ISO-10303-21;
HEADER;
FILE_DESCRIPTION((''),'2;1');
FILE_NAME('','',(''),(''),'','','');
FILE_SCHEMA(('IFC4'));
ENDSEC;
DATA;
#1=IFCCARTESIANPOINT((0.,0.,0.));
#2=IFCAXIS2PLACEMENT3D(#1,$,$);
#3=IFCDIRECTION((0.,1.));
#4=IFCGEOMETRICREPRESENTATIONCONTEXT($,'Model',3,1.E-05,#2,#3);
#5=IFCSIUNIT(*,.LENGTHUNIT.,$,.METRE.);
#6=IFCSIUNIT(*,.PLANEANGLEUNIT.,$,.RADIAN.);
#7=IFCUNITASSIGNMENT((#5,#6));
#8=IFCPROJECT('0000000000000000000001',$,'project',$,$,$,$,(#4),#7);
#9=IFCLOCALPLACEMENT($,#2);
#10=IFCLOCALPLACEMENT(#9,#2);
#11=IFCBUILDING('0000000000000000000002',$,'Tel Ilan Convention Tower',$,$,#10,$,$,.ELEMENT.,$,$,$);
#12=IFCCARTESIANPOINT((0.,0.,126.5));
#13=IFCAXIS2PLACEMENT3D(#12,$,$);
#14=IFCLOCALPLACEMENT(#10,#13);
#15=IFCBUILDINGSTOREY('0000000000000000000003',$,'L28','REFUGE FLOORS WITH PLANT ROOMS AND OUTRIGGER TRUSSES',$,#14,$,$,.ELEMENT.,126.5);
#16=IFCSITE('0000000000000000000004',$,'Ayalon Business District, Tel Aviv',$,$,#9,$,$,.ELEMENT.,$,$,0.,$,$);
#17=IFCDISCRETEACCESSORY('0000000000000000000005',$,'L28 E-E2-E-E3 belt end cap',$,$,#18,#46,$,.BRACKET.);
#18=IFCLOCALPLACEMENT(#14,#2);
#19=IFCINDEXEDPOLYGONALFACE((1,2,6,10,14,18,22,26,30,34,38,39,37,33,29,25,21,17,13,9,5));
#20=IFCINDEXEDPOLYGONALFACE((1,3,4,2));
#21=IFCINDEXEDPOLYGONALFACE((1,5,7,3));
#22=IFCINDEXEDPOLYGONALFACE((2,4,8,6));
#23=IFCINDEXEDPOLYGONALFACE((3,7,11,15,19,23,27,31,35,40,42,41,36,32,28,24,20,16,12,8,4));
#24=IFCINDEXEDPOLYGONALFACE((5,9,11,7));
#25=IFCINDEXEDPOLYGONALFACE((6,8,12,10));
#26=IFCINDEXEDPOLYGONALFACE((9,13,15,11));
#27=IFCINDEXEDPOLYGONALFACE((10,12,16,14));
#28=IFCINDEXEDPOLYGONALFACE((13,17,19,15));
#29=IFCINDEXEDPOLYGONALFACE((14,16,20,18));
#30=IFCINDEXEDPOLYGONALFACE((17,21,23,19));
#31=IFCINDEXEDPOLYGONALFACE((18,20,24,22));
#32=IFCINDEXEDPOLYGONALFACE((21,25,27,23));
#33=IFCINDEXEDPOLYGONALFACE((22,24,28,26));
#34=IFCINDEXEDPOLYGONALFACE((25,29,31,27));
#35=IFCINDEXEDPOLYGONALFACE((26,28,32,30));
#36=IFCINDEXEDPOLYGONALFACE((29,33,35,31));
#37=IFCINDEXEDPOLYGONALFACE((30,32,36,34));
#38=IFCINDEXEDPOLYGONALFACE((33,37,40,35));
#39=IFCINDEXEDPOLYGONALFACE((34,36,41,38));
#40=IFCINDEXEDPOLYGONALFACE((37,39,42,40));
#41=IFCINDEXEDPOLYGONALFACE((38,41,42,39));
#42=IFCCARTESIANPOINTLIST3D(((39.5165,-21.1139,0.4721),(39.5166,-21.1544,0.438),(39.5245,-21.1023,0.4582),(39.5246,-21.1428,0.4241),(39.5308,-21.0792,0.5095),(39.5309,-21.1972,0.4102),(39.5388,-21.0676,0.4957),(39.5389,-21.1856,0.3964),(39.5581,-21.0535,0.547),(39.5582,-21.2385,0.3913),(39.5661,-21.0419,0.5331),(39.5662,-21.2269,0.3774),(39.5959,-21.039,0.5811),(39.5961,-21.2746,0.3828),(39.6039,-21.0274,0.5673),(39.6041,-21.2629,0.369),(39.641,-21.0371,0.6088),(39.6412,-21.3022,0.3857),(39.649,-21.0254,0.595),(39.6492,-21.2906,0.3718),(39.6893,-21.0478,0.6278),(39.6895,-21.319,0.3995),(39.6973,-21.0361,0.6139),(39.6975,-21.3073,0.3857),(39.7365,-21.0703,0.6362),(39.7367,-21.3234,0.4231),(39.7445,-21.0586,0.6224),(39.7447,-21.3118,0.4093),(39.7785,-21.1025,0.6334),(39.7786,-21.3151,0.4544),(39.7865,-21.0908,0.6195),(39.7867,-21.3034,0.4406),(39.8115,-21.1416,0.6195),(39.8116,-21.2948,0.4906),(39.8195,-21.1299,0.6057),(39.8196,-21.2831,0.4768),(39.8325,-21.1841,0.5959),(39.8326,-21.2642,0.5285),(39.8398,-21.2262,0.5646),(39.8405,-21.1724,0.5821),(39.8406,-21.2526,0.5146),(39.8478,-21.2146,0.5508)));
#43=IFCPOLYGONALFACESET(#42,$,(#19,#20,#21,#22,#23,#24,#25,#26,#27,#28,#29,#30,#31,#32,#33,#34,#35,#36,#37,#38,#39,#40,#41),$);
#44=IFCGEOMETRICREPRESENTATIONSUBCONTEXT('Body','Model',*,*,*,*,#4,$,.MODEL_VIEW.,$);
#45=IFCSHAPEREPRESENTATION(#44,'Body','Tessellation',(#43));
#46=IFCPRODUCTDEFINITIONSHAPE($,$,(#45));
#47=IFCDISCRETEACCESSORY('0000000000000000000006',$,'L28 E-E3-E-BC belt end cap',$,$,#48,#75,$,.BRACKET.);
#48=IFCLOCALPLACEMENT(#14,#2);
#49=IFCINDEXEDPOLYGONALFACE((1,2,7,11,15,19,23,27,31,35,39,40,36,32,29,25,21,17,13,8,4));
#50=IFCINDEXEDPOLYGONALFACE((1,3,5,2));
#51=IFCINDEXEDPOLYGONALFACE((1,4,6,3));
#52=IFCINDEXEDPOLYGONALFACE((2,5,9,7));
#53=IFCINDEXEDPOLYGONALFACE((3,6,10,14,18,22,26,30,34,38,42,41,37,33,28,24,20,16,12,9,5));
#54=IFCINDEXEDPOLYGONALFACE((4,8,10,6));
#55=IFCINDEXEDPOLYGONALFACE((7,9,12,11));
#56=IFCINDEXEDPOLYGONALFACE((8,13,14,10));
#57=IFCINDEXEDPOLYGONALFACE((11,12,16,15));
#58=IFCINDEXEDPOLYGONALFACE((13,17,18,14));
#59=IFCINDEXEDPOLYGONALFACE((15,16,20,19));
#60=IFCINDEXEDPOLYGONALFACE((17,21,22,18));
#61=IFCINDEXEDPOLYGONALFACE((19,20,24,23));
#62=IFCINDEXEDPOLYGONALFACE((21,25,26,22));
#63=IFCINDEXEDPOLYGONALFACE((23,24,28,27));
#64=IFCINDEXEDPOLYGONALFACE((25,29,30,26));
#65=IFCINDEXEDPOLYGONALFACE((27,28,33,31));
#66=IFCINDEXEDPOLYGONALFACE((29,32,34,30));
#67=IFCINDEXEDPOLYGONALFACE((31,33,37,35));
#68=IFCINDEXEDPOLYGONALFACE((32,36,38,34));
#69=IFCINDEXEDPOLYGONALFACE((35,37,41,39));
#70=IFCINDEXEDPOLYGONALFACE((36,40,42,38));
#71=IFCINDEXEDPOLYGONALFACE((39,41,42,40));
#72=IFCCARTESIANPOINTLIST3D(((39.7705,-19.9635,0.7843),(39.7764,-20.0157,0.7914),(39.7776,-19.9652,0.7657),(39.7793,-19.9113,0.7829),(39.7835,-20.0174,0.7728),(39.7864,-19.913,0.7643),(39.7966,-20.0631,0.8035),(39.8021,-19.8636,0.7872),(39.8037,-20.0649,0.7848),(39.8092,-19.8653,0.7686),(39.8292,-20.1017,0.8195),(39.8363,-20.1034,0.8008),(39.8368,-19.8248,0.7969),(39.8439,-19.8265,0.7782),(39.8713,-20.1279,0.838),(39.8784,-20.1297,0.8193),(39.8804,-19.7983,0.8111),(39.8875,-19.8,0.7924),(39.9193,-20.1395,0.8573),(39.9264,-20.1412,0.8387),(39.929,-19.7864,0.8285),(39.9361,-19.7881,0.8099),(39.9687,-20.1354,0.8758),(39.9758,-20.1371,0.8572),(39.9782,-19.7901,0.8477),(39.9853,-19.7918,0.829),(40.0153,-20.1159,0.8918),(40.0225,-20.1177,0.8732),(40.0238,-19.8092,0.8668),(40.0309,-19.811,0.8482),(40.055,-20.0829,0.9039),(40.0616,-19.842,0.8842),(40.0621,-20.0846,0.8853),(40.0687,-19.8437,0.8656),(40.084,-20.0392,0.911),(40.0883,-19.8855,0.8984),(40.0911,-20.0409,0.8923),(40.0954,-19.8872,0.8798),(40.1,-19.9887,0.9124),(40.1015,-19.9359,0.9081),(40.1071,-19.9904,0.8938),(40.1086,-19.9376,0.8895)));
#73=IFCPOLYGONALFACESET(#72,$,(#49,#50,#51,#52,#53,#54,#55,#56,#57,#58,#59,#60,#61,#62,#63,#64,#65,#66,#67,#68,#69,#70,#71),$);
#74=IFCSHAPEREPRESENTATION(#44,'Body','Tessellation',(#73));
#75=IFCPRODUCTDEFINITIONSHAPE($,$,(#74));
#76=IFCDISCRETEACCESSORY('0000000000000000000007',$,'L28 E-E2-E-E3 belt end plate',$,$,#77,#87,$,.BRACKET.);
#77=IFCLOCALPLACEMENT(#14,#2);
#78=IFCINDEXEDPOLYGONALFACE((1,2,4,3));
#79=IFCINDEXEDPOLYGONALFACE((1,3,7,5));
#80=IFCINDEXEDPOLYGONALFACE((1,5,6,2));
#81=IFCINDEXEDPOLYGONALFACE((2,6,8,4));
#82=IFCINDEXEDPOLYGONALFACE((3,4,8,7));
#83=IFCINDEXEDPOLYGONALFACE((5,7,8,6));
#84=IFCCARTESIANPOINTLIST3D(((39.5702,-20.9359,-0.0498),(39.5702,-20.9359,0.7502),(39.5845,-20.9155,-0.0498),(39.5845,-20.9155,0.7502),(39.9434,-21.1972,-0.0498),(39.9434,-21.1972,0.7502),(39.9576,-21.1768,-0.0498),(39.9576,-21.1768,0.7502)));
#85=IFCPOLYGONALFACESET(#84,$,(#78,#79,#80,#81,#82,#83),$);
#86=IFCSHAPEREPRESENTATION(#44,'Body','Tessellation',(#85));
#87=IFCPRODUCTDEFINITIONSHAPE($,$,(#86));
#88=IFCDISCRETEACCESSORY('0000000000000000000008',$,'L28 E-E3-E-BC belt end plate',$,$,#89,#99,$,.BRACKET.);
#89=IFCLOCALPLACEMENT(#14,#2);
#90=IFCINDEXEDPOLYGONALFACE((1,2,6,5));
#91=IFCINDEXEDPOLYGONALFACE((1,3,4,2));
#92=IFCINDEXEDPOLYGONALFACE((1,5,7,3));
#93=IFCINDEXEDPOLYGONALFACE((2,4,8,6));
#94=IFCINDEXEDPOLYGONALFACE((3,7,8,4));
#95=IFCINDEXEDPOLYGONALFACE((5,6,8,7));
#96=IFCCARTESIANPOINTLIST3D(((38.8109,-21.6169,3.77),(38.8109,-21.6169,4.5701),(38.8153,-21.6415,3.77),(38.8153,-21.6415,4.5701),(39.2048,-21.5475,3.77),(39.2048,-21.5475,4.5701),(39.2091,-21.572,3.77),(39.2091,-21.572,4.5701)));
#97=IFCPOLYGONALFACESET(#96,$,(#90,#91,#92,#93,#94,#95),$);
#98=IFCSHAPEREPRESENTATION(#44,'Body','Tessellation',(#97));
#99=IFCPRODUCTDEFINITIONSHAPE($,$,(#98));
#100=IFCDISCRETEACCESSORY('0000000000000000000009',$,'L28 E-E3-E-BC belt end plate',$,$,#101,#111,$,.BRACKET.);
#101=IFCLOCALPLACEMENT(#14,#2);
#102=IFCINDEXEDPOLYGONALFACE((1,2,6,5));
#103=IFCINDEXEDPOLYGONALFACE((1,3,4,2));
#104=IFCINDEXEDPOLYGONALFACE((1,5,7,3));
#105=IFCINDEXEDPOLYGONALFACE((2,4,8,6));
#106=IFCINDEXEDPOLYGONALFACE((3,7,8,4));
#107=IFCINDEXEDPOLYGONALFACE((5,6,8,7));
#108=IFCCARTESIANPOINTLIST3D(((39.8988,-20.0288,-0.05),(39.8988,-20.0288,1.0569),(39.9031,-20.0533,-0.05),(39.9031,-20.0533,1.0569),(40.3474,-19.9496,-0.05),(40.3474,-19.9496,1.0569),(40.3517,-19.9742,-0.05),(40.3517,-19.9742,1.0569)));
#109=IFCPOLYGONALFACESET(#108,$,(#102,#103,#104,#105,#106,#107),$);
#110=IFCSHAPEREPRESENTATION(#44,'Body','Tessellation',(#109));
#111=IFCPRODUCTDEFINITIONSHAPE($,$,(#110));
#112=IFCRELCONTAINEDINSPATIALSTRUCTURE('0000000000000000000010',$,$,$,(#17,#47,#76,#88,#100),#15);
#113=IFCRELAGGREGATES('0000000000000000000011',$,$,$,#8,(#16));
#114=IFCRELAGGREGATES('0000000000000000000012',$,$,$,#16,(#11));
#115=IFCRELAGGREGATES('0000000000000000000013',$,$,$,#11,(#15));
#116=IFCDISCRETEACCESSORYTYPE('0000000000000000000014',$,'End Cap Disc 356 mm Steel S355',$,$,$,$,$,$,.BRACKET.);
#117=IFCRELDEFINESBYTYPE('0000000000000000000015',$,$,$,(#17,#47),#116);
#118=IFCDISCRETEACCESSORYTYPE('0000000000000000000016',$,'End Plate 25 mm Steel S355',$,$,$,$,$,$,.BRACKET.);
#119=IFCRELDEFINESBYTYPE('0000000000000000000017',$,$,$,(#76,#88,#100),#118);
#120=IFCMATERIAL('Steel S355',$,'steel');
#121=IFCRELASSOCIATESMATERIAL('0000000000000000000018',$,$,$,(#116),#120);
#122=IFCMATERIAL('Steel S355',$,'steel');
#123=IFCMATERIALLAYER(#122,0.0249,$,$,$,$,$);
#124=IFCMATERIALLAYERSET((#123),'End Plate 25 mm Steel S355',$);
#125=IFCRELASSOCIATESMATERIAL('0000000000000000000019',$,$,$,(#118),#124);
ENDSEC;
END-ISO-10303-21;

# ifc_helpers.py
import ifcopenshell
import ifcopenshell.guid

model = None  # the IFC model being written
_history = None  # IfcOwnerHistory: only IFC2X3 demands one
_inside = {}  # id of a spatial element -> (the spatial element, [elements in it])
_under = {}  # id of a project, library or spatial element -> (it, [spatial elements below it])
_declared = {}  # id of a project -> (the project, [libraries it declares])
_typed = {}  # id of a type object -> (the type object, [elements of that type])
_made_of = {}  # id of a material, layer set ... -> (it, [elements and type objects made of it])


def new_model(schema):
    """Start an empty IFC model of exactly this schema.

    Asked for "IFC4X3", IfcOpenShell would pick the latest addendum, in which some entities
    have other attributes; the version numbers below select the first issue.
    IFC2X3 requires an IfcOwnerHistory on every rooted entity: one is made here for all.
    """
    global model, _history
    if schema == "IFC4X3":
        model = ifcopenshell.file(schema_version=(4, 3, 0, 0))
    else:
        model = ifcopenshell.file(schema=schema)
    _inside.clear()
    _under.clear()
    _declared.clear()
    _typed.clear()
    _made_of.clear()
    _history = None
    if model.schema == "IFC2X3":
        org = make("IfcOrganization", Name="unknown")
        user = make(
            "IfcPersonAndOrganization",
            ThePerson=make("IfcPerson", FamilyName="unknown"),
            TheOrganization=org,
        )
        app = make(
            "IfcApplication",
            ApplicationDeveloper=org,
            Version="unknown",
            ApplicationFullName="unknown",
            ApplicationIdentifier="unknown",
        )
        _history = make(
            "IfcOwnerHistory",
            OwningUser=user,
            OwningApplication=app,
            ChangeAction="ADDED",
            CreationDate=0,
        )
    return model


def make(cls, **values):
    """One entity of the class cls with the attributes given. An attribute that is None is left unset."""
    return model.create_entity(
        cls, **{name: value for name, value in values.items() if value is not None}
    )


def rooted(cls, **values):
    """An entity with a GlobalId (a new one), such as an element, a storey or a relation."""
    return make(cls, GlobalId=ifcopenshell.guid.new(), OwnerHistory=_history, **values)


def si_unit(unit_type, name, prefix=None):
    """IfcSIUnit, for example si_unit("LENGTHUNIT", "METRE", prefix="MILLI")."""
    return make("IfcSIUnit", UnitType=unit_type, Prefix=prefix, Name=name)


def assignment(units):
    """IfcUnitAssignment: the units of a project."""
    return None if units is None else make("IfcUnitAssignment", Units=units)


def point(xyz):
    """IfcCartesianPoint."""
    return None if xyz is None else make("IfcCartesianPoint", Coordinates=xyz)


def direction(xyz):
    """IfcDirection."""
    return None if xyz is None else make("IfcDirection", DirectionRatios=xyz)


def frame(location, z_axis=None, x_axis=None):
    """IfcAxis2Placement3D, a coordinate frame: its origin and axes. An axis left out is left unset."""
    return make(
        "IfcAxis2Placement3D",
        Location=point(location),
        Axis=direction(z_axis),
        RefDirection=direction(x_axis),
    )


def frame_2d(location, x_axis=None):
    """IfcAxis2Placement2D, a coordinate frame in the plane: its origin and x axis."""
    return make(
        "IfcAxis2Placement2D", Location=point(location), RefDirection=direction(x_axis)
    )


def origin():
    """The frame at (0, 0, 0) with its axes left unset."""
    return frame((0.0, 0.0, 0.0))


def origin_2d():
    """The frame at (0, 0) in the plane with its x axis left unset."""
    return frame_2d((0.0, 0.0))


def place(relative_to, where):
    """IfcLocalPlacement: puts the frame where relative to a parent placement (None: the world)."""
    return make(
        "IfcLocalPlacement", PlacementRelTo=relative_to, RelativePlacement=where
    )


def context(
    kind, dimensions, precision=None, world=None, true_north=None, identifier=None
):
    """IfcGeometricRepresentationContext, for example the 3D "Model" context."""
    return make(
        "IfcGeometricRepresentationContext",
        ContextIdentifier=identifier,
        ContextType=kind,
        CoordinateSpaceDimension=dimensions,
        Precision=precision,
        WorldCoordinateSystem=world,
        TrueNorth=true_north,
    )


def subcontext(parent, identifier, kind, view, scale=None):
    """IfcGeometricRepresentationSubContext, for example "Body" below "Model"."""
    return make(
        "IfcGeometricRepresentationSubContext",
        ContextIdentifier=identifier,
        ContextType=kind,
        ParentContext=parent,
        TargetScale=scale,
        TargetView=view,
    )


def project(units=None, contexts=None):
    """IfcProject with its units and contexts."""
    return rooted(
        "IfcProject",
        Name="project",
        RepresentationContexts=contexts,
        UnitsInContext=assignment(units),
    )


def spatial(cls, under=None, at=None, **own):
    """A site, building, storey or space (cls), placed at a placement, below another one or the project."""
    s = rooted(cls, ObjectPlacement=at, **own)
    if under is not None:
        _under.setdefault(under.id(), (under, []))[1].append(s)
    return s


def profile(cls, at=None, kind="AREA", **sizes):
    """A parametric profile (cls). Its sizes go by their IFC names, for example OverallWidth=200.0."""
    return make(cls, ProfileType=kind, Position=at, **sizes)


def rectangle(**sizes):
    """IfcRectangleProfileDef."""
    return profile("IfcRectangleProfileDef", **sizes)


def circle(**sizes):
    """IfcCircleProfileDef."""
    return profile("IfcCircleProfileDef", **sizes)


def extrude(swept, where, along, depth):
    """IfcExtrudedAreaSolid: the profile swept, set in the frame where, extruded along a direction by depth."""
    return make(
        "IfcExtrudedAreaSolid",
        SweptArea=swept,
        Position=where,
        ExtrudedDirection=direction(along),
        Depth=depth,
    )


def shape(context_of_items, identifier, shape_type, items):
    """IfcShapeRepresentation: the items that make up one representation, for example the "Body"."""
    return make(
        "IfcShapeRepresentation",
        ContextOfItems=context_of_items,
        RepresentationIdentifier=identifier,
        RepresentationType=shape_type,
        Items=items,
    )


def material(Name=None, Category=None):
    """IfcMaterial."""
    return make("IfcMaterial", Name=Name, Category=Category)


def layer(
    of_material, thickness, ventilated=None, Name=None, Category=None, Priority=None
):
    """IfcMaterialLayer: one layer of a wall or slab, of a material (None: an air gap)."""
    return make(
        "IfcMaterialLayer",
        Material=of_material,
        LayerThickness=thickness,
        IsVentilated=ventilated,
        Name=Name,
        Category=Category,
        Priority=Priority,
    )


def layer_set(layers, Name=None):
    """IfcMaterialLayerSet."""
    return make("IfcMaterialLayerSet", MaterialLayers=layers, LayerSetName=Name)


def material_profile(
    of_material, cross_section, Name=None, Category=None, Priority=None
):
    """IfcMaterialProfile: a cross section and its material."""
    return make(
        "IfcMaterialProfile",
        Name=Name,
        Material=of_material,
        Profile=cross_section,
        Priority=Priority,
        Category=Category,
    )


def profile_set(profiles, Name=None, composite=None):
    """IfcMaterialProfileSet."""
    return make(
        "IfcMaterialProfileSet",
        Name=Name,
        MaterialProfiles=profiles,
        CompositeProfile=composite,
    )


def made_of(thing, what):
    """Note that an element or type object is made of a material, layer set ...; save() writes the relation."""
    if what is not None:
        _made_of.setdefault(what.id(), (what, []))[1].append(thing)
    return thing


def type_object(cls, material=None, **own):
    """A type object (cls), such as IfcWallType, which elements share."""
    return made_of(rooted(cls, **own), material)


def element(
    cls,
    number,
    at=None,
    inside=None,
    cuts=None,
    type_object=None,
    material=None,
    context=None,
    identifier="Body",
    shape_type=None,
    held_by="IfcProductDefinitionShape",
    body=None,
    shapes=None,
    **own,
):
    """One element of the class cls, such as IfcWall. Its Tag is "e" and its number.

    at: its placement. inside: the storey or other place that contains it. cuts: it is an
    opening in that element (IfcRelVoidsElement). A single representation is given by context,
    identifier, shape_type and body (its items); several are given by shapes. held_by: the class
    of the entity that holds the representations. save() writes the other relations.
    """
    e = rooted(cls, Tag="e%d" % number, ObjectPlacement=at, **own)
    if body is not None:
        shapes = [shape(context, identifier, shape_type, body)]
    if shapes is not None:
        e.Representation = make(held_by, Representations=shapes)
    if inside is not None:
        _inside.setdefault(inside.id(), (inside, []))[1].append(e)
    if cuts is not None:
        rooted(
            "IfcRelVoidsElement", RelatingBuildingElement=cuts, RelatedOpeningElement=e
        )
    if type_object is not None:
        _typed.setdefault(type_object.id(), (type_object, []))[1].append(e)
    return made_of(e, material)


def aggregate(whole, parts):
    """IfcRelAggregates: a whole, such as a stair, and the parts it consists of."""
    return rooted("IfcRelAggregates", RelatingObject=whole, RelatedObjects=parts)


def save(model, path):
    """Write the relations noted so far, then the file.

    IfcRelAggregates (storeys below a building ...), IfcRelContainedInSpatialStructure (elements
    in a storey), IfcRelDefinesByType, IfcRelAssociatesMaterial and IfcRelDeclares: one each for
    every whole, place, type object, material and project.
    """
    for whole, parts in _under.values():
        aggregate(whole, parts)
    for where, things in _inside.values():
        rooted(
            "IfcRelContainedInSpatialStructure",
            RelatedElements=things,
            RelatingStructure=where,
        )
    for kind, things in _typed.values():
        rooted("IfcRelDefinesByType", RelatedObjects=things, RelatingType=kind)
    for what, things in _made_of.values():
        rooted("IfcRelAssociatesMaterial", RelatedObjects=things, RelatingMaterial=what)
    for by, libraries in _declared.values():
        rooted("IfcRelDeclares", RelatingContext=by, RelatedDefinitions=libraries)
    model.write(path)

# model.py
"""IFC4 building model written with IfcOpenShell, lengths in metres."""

from ifc_helpers import new_model, si_unit, direction, frame, origin, origin_2d, place, context, subcontext, project, spatial, rectangle, circle, extrude, material, layer, layer_set, material_profile, profile_set, type_object, element, save


model = new_model("IFC4")

# Units and contexts
model_context = context("Model", 3, precision=1e-05, world=origin(), true_north=direction((0.0, 1.0)))
body_context = subcontext(model_context, "Body", "Model", "MODEL_VIEW")
ifc_project = project(units=[si_unit("LENGTHUNIT", "METRE"), si_unit("PLANEANGLEUNIT", "RADIAN")], contexts=[model_context])

# Site, building, storey
site_placement = place(None, origin())
site = spatial("IfcSite", under=ifc_project, at=site_placement, Name="Ayalon Business District, Tel Aviv", CompositionType="ELEMENT", RefElevation=0.0)
building_placement = place(site_placement, origin())
building = spatial("IfcBuilding", under=site, at=building_placement, Name="Tel Ilan Convention Tower", CompositionType="ELEMENT")
storey_placement = place(building_placement, frame((0.0, 0.0, 126.5)))
storey = spatial("IfcBuildingStorey", under=building, at=storey_placement, Name="L28", Description="REFUGE FLOORS WITH PLANT ROOMS AND OUTRIGGER TRUSSES", CompositionType="ELEMENT", Elevation=126.5)

# Discrete accessories
ifc_material_1 = material(Name="Steel S355", Category="steel")
ifc_material_profile_1 = material_profile(ifc_material_1, circle(Radius=0.1777, at=origin_2d()), Name="End Cap Disc 356 mm Steel S355")
ifc_profile_set_1 = profile_set([ifc_material_profile_1], Name="Steel S355")
discrete_accessory_type_1 = type_object("IfcDiscreteAccessoryType", Name="End Cap Disc 356 mm Steel S355", PredefinedType="BRACKET", material=ifc_profile_set_1)
discrete_accessory_1_placement = place(storey_placement, frame((39.6772, -21.1799, 0.5095), z_axis=(0.404916, 0.588968, -0.6994), x_axis=(-0.824042, 0.566529, 0.0)))
element("IfcDiscreteAccessory", 1, at=discrete_accessory_1_placement, inside=storey, type_object=discrete_accessory_type_1, Name="L28 E-E2-E-E3 belt end cap", PredefinedType="BRACKET", context=body_context, shape_type="SweptSolid", body=[
    extrude(circle(Radius=0.1777, at=origin_2d()), origin(), (0.0, 0.0, 1.0), 0.0198),
])
discrete_accessory_2_placement = place(storey_placement, frame((39.9365, -19.9629, 0.8477), z_axis=(0.355194, -0.085736, -0.930853), x_axis=(0.234641, 0.972082, 0.0)))
element("IfcDiscreteAccessory", 2, at=discrete_accessory_2_placement, inside=storey, type_object=discrete_accessory_type_1, Name="L28 E-E3-E-BC belt end cap", PredefinedType="BRACKET", context=body_context, shape_type="SweptSolid", body=[
    extrude(circle(Radius=0.1777, at=origin_2d()), origin(), (0.0, 0.0, 1.0), 0.02),
])
ifc_material_2 = material(Name="Steel S355", Category="steel")
ifc_layer_1 = layer(ifc_material_2, 0.0249)
ifc_layer_set_1 = layer_set([ifc_layer_1], Name="End Plate 25 mm Steel S355")
discrete_accessory_type_2 = type_object("IfcDiscreteAccessoryType", Name="End Plate 25 mm Steel S355", PredefinedType="BRACKET", material=ifc_layer_set_1)
discrete_accessory_3_placement = place(storey_placement, frame((39.7639, -21.0564, -0.0498), z_axis=(0.0, 0.0, 1.0), x_axis=(0.573576, 0.819152, 0.0)))
element("IfcDiscreteAccessory", 3, at=discrete_accessory_3_placement, inside=storey, type_object=discrete_accessory_type_2, Name="L28 E-E2-E-E3 belt end plate", PredefinedType="BRACKET", context=body_context, shape_type="SweptSolid", body=[
    extrude(rectangle(XDim=0.0249, YDim=0.4556, at=origin_2d()), origin(), (0.0, 0.0, 1.0), 0.8),
])
discrete_accessory_4_placement = place(storey_placement, frame((39.01, -21.5945, 3.77), z_axis=(0.0, 0.0, 1.0), x_axis=(0.173648, -0.984808, 0.0)))
element("IfcDiscreteAccessory", 4, at=discrete_accessory_4_placement, inside=storey, type_object=discrete_accessory_type_2, Name="L28 E-E3-E-BC belt end plate", PredefinedType="BRACKET", context=body_context, shape_type="SweptSolid", body=[
    extrude(rectangle(XDim=0.0249, YDim=0.3999, at=origin_2d()), origin(), (0.0, 0.0, 1.0), 0.8),
])
discrete_accessory_5_placement = place(storey_placement, frame((40.1252, -20.0015, -0.05), z_axis=(0.0, 0.0, 1.0), x_axis=(0.173648, -0.984808, 0.0)))
element("IfcDiscreteAccessory", 5, at=discrete_accessory_5_placement, inside=storey, type_object=discrete_accessory_type_2, Name="L28 E-E3-E-BC belt end plate", PredefinedType="BRACKET", context=body_context, shape_type="SweptSolid", body=[
    extrude(rectangle(XDim=0.0249, YDim=0.4556, at=origin_2d()), origin(), (0.0, 0.0, 1.0), 1.1069),
])

save(model, "model.ifc")
